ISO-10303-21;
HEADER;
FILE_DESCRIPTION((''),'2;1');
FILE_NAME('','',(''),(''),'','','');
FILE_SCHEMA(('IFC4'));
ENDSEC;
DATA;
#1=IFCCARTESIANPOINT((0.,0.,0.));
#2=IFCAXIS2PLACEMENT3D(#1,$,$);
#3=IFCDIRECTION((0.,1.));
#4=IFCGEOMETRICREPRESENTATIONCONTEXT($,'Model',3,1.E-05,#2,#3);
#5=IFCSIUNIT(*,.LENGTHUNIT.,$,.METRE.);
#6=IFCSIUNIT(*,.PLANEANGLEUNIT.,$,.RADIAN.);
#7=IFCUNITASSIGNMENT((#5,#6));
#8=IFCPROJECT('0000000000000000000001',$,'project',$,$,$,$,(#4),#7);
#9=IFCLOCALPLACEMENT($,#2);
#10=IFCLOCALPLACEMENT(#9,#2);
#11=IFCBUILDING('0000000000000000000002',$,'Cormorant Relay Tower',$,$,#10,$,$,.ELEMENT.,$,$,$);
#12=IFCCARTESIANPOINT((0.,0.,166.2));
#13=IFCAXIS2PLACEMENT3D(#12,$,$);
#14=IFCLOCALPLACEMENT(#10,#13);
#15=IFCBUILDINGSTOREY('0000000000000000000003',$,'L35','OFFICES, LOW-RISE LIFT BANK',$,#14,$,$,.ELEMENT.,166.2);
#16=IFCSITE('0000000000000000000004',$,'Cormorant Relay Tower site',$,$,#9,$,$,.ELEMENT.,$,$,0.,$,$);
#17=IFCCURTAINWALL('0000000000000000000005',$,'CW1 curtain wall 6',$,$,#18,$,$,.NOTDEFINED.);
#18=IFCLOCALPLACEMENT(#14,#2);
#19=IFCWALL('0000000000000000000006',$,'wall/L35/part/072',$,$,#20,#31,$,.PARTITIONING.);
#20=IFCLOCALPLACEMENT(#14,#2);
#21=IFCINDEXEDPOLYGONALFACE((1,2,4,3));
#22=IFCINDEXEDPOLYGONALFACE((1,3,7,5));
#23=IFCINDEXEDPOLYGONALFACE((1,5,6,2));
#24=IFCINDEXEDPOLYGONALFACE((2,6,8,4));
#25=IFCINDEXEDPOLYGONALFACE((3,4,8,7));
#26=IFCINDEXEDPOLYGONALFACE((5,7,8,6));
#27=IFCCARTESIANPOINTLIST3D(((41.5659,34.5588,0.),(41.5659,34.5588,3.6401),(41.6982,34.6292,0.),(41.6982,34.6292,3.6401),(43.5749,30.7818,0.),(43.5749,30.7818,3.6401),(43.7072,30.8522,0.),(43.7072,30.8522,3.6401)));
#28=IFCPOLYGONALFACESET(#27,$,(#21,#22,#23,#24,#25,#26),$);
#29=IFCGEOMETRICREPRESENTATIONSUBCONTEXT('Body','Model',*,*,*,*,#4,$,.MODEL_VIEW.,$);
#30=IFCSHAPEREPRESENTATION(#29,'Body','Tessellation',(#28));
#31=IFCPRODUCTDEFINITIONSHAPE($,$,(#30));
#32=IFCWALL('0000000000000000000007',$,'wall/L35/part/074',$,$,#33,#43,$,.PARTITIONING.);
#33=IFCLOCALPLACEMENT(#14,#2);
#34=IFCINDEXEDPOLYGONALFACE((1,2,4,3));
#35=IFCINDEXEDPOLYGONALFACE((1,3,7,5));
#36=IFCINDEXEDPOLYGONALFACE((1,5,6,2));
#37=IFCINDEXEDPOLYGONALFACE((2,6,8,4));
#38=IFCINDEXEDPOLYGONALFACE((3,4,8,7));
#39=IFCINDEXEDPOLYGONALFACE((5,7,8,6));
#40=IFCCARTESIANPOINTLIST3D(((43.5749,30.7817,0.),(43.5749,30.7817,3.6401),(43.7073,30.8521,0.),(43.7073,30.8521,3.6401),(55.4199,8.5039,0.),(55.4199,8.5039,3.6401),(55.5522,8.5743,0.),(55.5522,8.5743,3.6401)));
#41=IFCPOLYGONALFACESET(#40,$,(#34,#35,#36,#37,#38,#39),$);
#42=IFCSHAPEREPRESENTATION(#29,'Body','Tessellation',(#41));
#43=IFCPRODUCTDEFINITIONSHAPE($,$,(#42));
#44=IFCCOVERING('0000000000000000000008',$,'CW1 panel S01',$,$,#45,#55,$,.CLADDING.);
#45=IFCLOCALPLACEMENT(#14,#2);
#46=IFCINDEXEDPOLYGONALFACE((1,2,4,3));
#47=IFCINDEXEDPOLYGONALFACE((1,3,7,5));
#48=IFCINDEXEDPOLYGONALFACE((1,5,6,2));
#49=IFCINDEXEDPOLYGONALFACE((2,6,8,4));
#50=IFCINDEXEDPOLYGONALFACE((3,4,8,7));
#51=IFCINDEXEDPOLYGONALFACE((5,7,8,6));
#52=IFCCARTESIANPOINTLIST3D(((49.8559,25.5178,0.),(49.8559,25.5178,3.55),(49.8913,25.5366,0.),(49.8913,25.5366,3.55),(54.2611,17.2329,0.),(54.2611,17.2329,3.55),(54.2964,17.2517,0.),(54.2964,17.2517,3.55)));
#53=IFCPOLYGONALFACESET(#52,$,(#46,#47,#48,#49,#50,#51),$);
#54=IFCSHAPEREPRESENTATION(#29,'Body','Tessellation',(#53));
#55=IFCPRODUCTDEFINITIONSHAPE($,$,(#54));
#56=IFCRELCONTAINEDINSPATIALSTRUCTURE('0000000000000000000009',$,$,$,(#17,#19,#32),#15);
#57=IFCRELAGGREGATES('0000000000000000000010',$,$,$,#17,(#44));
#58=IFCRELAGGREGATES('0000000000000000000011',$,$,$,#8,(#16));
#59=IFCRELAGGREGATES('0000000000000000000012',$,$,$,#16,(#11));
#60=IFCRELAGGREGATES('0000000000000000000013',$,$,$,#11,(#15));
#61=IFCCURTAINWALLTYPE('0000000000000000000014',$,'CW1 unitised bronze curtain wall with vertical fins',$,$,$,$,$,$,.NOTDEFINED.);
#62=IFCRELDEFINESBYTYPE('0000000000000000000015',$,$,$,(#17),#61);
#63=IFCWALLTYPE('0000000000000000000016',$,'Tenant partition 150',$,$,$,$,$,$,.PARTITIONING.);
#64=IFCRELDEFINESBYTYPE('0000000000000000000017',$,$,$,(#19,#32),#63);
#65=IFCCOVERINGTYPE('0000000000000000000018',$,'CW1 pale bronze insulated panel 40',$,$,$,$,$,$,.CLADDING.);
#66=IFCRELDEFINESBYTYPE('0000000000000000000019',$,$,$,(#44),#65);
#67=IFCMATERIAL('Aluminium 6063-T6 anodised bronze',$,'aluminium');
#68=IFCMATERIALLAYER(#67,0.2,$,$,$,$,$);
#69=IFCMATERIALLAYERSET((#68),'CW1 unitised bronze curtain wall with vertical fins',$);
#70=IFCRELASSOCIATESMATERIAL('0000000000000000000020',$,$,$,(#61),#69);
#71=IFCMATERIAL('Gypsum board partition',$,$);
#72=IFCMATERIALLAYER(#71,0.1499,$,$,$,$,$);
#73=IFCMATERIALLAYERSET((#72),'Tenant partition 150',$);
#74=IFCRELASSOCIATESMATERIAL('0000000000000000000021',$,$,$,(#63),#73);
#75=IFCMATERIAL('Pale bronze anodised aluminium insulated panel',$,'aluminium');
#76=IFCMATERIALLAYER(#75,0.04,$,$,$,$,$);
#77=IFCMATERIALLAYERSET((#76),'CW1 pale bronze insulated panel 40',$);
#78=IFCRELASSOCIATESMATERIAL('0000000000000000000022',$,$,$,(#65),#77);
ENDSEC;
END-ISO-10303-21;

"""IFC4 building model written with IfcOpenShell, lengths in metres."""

from ifc_helpers import new_model, si_unit, direction, frame, frame_2d, origin, origin_2d, place, context, subcontext, project, spatial, rectangle, extrude, material, layer, layer_set, type_object, element, aggregate, save


model = new_model("IFC4")

# Units and contexts
model_context = context("Model", 3, precision=1e-05, world=origin(), true_north=direction((0.0, 1.0)))
body_context = subcontext(model_context, "Body", "Model", "MODEL_VIEW")
ifc_project = project(units=[si_unit("LENGTHUNIT", "METRE"), si_unit("PLANEANGLEUNIT", "RADIAN")], contexts=[model_context])

# Site, building, storey
site_placement = place(None, origin())
site = spatial("IfcSite", under=ifc_project, at=site_placement, Name="Cormorant Relay Tower site", CompositionType="ELEMENT", RefElevation=0.0)
building_placement = place(site_placement, origin())
building = spatial("IfcBuilding", under=site, at=building_placement, Name="Cormorant Relay Tower", CompositionType="ELEMENT")
storey_placement = place(building_placement, frame((0.0, 0.0, 166.2)))
storey = spatial("IfcBuildingStorey", under=building, at=storey_placement, Name="L35", Description="OFFICES, LOW-RISE LIFT BANK", CompositionType="ELEMENT", Elevation=166.2)

# Curtain wall
ifc_material_1 = material(Name="Aluminium 6063-T6 anodised bronze", Category="aluminium")
ifc_layer_1 = layer(ifc_material_1, 0.2)
ifc_layer_set_1 = layer_set([ifc_layer_1], Name="CW1 unitised bronze curtain wall with vertical fins")
curtain_wall_type = type_object("IfcCurtainWallType", Name="CW1 unitised bronze curtain wall with vertical fins", PredefinedType="NOTDEFINED", material=ifc_layer_set_1)
curtain_wall_1_placement = place(storey_placement, origin())
curtain_wall_1 = element("IfcCurtainWall", 1, at=curtain_wall_1_placement, inside=storey, type_object=curtain_wall_type, Name="CW1 curtain wall 6", PredefinedType="NOTDEFINED")

# Walls
ifc_material_2 = material(Name="Gypsum board partition")
ifc_layer_2 = layer(ifc_material_2, 0.1499)
ifc_layer_set_2 = layer_set([ifc_layer_2], Name="Tenant partition 150")
wall_type_1 = type_object("IfcWallType", Name="Tenant partition 150", PredefinedType="PARTITIONING", material=ifc_layer_set_2)
wall_1_placement = place(storey_placement, frame((43.6411, 30.8169, 0.0), z_axis=(0.0, 0.0, 1.0), x_axis=(-0.469602, 0.882878, 0.0)))
element("IfcWall", 2, at=wall_1_placement, inside=storey, type_object=wall_type_1, Name="wall/L35/part/072", PredefinedType="PARTITIONING", context=body_context, shape_type="SweptSolid", body=[
    extrude(rectangle(XDim=4.2781, YDim=0.1499, at=frame_2d((2.1392, 0.0))), origin(), (0.0, 0.0, 1.0), 3.6401),
])
wall_2_placement = place(storey_placement, frame((43.6411, 30.8169, 0.0), z_axis=(0.0, 0.0, 1.0), x_axis=(0.46946, -0.882954, 0.0)))
element("IfcWall", 3, at=wall_2_placement, inside=storey, type_object=wall_type_1, Name="wall/L35/part/074", PredefinedType="PARTITIONING", context=body_context, shape_type="SweptSolid", body=[
    extrude(rectangle(XDim=25.231, YDim=0.1499, at=frame_2d((12.6155, 0.0))), origin(), (0.0, 0.0, 1.0), 3.6401),
])

# Covering
ifc_material_3 = material(Name="Pale bronze anodised aluminium insulated panel", Category="aluminium")
ifc_layer_3 = layer(ifc_material_3, 0.04)
ifc_layer_set_3 = layer_set([ifc_layer_3], Name="CW1 pale bronze insulated panel 40")
covering_type = type_object("IfcCoveringType", Name="CW1 pale bronze insulated panel 40", PredefinedType="CLADDING", material=ifc_layer_set_3)
covering_placement = place(storey_placement, frame((52.0762, 21.3848, 0.0), z_axis=(0.0, 0.0, 1.0), x_axis=(-0.469472, 0.882948, 0.0)))
covering = element("IfcCovering", 4, at=covering_placement, type_object=covering_type, Name="CW1 panel S01", PredefinedType="CLADDING", context=body_context, shape_type="SweptSolid", body=[
    extrude(rectangle(XDim=9.3833, YDim=0.04, at=origin_2d()), origin(), (0.0, 0.0, 1.0), 3.55),
])
aggregate(curtain_wall_1, [covering])

save(model, "model.ifc")
